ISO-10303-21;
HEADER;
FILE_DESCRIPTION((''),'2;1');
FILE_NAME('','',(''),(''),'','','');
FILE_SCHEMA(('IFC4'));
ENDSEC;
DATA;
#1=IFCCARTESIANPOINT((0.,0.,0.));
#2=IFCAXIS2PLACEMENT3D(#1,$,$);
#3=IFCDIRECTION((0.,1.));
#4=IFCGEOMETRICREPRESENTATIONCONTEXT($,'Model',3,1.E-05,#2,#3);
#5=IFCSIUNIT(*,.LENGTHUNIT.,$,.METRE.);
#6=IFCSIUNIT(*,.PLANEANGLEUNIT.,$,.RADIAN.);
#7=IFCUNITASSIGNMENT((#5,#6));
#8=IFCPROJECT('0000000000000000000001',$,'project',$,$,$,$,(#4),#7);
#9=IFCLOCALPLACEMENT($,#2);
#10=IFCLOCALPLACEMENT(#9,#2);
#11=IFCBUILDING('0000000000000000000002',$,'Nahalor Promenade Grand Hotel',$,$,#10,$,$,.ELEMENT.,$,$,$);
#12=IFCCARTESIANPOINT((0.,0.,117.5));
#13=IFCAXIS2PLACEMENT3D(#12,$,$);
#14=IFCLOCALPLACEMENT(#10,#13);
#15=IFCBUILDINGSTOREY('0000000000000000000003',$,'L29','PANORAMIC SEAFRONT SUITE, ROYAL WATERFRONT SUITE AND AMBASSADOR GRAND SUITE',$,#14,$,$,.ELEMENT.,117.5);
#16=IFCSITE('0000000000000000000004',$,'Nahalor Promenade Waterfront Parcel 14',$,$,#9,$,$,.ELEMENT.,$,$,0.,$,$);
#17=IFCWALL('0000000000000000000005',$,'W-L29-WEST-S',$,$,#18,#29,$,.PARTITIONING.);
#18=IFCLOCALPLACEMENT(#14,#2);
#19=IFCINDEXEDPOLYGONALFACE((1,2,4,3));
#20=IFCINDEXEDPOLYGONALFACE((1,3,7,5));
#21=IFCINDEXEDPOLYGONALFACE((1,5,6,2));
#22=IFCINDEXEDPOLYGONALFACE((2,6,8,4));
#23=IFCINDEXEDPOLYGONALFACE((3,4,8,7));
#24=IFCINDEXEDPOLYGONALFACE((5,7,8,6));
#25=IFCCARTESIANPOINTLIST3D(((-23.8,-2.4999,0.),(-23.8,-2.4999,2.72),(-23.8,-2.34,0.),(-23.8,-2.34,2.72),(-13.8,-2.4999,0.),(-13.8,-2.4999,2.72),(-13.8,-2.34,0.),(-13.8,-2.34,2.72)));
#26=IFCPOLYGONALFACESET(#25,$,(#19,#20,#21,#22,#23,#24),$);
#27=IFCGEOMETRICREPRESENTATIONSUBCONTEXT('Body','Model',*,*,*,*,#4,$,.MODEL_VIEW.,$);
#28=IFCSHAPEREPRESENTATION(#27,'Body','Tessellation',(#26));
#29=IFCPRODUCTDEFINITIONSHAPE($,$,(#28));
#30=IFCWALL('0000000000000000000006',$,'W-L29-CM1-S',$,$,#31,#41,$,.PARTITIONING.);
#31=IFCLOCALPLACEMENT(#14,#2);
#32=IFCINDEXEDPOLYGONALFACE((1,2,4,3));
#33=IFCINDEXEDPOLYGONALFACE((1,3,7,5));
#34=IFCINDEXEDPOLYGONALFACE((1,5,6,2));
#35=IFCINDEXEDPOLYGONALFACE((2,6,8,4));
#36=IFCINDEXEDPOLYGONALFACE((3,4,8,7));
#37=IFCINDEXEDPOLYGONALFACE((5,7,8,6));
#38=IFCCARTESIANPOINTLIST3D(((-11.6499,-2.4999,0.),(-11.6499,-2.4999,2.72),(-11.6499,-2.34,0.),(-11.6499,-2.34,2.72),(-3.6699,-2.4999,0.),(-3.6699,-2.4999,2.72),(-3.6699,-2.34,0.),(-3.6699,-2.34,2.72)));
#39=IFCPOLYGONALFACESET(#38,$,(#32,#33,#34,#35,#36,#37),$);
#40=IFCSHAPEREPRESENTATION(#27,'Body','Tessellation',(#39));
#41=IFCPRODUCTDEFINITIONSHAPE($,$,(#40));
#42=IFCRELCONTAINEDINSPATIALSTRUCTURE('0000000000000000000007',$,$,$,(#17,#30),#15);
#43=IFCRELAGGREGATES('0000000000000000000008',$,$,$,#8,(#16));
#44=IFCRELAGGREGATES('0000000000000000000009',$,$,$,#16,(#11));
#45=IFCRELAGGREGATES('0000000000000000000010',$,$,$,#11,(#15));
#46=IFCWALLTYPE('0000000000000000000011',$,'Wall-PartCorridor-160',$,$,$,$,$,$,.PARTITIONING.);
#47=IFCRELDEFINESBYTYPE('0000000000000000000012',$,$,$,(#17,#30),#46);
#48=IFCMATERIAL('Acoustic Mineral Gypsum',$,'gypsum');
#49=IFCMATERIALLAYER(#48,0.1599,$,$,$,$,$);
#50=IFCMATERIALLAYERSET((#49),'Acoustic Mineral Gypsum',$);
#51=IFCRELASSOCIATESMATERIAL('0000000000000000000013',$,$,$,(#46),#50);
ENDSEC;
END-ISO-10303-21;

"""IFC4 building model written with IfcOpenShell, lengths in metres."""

from ifc_helpers import new_model, si_unit, direction, frame, frame_2d, origin, place, context, subcontext, project, spatial, rectangle, extrude, source, transform, mapped, material, layer, layer_set, type_object, element, save


model = new_model("IFC4")

# Units and contexts
model_context = context("Model", 3, precision=1e-05, world=origin(), true_north=direction((0.0, 1.0)))
body_context = subcontext(model_context, "Body", "Model", "MODEL_VIEW")
ifc_project = project(units=[si_unit("LENGTHUNIT", "METRE"), si_unit("PLANEANGLEUNIT", "RADIAN")], contexts=[model_context])

# Site, building, storey
site_placement = place(None, origin())
site = spatial("IfcSite", under=ifc_project, at=site_placement, Name="Nahalor Promenade Waterfront Parcel 14", CompositionType="ELEMENT", RefElevation=0.0)
building_placement = place(site_placement, origin())
building = spatial("IfcBuilding", under=site, at=building_placement, Name="Nahalor Promenade Grand Hotel", CompositionType="ELEMENT")
storey_placement = place(building_placement, frame((0.0, 0.0, 117.5)))
storey = spatial("IfcBuildingStorey", under=building, at=storey_placement, Name="L29", Description="PANORAMIC SEAFRONT SUITE, ROYAL WATERFRONT SUITE AND AMBASSADOR GRAND SUITE", CompositionType="ELEMENT", Elevation=117.5)

# Shared definitions
ifc_material_1 = material(Name="Acoustic Mineral Gypsum", Category="gypsum")
ifc_layer_1 = layer(ifc_material_1, 0.1599)
ifc_layer_set_1 = layer_set([ifc_layer_1], Name="Acoustic Mineral Gypsum")
wall_type = type_object("IfcWallType", Name="Wall-PartCorridor-160", PredefinedType="PARTITIONING", material=ifc_layer_set_1)

# Walls
shared_shape_1 = source(origin(), body_context, "Body", "SweptSolid", [
    extrude(rectangle(XDim=10.0, YDim=0.1599, at=frame_2d((5.0, 0.0))), origin(), (0.0, 0.0, 1.0), 2.72),
])
wall_1_placement = place(storey_placement, frame((-23.8, -2.4199, 0.0), z_axis=(0.0, 0.0, 1.0), x_axis=(1.0, 0.0, 0.0)))
element("IfcWall", 1, at=wall_1_placement, inside=storey, type_object=wall_type, Name="W-L29-WEST-S", PredefinedType="PARTITIONING", context=body_context, shape_type="MappedRepresentation", body=[
    mapped(shared_shape_1, transform((0.0, 0.0, 0.0), scale=1.0)),
])
shared_shape_2 = source(origin(), body_context, "Body", "SweptSolid", [
    extrude(rectangle(XDim=7.98, YDim=0.1599, at=frame_2d((3.99, 0.0))), origin(), (0.0, 0.0, 1.0), 2.72),
])
wall_2_placement = place(storey_placement, frame((-11.6499, -2.4199, 0.0), z_axis=(0.0, 0.0, 1.0), x_axis=(1.0, 0.0, 0.0)))
element("IfcWall", 2, at=wall_2_placement, inside=storey, type_object=wall_type, Name="W-L29-CM1-S", PredefinedType="PARTITIONING", context=body_context, shape_type="MappedRepresentation", body=[
    mapped(shared_shape_2, transform((0.0, 0.0, 0.0), scale=1.0)),
])

save(model, "model.ifc")
